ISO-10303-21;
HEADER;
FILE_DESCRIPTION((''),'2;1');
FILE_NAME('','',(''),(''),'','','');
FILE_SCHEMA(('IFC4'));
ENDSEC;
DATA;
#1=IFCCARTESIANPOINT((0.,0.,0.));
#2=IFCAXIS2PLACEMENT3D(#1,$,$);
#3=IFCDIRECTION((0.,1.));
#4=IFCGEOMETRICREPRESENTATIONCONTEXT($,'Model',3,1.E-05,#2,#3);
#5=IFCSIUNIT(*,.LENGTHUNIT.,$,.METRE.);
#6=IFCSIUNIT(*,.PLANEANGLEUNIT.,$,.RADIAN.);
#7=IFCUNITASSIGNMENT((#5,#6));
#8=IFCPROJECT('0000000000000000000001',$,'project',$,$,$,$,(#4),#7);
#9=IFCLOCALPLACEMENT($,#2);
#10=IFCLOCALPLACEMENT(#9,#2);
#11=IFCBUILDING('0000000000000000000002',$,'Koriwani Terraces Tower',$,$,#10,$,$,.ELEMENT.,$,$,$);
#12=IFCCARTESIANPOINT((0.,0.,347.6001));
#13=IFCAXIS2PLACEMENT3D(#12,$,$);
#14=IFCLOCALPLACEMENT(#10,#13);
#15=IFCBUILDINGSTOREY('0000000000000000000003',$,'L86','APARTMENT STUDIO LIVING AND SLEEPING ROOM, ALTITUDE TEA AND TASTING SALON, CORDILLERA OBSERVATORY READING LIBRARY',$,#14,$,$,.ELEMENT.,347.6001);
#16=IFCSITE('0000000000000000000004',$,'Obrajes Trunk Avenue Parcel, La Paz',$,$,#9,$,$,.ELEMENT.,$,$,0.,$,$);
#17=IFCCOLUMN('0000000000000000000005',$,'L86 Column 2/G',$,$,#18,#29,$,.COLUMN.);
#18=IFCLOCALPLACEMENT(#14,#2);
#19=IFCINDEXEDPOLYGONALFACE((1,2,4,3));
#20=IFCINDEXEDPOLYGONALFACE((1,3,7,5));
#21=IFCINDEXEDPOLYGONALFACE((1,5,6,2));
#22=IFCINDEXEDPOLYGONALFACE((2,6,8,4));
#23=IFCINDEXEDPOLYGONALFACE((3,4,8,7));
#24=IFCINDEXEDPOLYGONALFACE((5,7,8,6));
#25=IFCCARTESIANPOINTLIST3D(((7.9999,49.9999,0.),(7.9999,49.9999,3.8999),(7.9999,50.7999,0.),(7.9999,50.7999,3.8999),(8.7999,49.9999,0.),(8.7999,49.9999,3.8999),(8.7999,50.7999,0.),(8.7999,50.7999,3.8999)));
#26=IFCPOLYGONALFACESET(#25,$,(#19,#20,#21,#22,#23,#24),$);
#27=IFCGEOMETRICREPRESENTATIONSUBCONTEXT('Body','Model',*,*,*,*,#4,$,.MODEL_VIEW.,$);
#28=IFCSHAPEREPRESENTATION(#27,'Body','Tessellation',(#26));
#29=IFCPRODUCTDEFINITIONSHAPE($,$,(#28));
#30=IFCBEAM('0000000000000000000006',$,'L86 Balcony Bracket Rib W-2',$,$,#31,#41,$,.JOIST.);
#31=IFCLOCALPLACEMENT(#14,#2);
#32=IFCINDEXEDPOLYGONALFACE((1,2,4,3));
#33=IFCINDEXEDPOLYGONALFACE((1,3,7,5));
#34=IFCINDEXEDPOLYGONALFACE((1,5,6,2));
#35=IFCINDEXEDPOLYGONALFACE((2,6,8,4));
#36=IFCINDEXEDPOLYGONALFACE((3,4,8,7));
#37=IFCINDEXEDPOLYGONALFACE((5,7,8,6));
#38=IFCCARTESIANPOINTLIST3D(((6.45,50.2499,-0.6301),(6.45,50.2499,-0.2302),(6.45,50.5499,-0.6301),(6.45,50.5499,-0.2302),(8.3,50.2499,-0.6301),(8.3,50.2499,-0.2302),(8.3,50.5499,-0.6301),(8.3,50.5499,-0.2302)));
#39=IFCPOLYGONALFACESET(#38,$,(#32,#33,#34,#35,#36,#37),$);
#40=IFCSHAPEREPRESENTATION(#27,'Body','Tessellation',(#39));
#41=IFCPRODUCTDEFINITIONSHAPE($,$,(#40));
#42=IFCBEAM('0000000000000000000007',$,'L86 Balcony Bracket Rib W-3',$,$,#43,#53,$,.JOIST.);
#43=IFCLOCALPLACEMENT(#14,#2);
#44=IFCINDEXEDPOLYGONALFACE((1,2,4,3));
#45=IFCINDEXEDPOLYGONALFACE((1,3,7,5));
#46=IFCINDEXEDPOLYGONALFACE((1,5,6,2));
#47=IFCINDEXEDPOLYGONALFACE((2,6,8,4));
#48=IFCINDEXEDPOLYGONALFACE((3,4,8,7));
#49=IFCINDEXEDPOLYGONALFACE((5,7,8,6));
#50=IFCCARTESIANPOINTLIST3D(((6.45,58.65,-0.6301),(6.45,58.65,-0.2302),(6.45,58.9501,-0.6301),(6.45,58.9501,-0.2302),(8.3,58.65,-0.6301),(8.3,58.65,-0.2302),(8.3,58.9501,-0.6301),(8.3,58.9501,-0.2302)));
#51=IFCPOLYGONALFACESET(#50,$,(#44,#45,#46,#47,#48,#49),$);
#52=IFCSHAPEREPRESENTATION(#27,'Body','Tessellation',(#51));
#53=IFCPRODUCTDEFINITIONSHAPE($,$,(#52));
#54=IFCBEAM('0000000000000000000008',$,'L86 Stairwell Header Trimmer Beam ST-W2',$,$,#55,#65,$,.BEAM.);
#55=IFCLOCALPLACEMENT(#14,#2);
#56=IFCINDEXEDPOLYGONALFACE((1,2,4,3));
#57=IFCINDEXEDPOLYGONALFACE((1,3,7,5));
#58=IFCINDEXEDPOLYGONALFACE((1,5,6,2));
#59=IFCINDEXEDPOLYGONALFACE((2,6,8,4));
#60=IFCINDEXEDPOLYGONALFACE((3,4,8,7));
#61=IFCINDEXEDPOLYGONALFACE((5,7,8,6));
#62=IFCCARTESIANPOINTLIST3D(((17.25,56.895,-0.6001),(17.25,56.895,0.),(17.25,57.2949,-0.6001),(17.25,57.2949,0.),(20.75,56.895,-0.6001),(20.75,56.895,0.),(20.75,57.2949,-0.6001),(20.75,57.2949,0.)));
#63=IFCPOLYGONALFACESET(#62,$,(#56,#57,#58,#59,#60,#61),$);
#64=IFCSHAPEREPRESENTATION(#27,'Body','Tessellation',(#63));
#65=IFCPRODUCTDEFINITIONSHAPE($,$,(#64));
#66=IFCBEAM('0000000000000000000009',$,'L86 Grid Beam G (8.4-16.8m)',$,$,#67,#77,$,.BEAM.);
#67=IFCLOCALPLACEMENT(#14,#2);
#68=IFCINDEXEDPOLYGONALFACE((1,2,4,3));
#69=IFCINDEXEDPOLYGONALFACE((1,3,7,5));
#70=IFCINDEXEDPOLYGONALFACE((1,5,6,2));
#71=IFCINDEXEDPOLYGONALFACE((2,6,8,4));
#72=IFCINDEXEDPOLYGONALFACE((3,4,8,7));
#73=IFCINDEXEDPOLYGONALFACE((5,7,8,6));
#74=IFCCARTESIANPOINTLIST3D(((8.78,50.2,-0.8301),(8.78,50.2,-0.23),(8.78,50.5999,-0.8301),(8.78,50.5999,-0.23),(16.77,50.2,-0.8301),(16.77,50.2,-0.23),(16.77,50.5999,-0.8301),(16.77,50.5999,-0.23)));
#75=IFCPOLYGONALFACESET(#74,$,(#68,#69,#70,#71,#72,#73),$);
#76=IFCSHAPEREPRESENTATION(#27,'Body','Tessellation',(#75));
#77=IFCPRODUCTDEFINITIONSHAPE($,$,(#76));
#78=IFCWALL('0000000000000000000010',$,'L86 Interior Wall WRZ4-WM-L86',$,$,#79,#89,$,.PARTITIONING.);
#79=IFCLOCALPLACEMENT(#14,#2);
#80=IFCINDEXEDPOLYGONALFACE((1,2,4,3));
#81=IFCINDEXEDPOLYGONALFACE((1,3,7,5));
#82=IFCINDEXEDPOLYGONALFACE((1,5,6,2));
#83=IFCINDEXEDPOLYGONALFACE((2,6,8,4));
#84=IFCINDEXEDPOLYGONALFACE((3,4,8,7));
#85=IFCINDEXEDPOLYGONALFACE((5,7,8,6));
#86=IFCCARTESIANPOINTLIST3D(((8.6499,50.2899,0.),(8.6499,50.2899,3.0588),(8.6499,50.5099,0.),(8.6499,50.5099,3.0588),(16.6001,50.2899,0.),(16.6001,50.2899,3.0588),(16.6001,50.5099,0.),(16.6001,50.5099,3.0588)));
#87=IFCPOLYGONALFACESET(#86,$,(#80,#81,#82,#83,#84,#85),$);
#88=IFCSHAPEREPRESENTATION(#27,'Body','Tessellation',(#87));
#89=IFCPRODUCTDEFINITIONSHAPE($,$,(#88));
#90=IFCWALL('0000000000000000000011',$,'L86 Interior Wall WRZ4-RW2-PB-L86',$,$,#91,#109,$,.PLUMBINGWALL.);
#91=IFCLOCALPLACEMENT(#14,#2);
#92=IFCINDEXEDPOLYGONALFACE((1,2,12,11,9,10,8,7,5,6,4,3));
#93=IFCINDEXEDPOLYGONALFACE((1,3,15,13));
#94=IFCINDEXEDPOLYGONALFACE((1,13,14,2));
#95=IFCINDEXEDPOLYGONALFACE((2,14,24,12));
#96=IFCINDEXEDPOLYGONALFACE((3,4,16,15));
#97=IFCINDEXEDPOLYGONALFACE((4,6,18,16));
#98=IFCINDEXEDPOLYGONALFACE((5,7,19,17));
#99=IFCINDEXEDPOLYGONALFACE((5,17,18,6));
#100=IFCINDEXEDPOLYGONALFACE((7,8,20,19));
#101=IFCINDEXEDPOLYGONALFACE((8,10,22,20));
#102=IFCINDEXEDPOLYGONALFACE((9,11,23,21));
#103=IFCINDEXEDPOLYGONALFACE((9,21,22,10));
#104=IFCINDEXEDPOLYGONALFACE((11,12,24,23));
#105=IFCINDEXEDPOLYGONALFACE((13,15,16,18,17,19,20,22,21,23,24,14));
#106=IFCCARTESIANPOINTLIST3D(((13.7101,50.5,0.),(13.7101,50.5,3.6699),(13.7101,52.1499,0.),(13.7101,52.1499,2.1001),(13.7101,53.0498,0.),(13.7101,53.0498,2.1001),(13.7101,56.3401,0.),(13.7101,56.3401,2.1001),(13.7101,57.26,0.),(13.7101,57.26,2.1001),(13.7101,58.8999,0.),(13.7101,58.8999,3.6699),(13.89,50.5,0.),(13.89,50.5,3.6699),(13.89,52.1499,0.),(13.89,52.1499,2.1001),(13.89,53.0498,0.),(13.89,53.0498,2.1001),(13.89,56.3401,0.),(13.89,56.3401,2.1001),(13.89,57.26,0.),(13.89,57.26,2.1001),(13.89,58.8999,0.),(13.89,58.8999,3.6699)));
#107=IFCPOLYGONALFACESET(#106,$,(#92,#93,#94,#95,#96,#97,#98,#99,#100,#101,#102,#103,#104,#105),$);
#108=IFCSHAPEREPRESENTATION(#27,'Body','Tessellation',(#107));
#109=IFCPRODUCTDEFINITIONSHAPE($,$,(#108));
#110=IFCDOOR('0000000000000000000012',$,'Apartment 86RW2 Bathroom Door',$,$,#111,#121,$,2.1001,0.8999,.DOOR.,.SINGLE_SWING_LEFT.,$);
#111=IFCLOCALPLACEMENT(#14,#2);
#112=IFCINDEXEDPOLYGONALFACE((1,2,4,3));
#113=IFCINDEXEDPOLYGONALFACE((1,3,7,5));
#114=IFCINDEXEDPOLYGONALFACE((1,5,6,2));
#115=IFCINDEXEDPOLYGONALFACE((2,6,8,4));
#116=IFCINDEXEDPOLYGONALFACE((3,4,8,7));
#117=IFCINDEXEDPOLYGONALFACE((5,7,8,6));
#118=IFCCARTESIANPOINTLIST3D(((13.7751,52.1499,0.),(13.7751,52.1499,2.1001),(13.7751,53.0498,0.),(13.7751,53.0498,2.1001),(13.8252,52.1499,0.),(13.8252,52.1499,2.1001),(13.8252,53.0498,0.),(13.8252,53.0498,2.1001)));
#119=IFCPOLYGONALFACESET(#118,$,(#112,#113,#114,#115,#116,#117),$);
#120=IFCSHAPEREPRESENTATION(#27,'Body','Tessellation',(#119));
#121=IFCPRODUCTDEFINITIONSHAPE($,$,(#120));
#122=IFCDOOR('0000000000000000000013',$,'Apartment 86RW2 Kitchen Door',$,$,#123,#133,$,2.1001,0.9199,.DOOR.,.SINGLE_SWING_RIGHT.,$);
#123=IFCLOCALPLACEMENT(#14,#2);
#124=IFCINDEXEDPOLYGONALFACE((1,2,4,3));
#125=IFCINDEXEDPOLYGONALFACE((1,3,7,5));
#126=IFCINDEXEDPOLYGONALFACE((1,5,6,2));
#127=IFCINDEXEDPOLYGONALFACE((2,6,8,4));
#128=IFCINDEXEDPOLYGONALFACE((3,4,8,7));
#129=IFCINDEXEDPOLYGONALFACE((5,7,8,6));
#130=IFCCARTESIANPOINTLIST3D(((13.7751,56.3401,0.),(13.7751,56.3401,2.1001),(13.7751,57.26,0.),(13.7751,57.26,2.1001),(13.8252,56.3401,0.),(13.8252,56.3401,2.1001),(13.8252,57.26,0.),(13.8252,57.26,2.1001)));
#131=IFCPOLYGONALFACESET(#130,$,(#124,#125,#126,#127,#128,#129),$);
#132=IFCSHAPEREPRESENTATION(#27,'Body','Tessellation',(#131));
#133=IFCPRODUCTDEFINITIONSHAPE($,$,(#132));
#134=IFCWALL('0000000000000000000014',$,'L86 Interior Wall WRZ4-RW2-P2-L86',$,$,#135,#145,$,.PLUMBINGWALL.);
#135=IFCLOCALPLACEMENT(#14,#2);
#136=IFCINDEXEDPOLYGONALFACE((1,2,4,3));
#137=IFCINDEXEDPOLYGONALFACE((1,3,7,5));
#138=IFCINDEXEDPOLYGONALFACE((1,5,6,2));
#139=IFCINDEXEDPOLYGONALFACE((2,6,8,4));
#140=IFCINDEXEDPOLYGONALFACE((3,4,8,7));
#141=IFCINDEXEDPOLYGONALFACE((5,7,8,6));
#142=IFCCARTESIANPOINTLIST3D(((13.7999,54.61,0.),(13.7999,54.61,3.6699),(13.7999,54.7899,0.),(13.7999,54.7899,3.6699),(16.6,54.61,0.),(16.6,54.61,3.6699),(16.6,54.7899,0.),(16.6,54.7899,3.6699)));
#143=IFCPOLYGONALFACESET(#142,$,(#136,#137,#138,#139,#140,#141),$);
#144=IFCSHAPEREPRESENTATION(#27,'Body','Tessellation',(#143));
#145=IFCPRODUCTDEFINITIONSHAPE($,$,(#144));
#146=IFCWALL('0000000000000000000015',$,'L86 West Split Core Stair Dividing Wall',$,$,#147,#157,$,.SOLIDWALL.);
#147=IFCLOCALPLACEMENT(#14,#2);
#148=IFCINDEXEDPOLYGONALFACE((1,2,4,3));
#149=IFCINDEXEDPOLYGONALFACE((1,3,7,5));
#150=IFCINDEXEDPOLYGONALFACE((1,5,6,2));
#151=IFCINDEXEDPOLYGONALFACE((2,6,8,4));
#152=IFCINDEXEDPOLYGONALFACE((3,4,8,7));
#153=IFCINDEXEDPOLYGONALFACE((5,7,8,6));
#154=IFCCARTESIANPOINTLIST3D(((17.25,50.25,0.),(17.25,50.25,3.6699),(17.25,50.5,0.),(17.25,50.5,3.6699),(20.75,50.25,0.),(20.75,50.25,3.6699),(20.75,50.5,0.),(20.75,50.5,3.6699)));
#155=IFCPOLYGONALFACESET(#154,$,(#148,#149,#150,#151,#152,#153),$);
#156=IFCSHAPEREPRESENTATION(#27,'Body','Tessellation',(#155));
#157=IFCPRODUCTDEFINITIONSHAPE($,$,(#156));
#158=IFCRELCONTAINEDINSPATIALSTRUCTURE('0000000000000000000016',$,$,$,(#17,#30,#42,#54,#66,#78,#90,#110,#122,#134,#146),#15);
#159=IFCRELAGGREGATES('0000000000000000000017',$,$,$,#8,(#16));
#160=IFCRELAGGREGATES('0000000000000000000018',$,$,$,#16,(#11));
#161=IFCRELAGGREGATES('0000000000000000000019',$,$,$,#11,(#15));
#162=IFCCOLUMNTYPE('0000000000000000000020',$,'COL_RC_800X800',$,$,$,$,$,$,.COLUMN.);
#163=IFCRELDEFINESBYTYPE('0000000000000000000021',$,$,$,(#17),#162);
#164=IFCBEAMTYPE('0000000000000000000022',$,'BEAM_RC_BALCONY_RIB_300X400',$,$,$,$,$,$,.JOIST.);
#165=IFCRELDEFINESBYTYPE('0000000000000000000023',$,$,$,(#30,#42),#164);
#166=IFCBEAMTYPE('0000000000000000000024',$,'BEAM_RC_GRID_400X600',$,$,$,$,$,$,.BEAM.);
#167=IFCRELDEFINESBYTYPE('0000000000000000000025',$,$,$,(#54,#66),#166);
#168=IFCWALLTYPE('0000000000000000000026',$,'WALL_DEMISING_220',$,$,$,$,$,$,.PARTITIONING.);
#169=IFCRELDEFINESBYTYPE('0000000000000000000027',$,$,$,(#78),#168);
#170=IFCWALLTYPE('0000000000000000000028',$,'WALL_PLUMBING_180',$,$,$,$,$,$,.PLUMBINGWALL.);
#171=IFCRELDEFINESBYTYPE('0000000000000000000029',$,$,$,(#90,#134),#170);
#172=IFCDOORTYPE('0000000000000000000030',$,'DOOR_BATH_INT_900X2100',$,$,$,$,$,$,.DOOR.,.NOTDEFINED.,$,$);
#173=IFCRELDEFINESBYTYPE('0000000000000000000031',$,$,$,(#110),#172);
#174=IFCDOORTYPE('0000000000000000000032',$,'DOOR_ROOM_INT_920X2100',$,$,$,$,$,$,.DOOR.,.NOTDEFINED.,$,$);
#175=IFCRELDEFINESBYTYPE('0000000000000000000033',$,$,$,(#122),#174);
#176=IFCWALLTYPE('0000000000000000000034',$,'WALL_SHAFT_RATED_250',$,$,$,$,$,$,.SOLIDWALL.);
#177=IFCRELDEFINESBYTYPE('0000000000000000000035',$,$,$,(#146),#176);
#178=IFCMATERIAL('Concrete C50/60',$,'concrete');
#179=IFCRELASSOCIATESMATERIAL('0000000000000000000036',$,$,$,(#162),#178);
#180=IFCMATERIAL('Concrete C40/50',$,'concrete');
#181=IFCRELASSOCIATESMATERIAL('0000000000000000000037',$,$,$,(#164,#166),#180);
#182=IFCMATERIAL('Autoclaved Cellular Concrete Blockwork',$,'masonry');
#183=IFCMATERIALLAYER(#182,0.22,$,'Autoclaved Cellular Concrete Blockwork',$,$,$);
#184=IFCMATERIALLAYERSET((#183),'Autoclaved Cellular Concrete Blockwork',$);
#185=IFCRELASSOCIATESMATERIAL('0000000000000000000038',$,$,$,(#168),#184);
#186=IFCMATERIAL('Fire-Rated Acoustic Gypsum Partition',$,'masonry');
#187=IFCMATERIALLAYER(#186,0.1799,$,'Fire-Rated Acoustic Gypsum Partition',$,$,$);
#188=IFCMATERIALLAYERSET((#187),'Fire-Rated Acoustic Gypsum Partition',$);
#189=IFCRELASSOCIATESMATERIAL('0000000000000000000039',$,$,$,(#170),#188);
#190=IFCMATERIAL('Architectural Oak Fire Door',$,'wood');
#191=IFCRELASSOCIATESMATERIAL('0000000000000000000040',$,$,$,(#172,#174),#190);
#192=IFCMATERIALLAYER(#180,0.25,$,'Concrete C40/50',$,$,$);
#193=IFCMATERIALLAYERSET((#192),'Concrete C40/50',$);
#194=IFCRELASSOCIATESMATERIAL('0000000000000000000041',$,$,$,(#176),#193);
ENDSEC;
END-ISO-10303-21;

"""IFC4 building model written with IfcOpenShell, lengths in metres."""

from ifc_helpers import new_model, si_unit, direction, frame, frame_2d, origin, origin_2d, place, context, subcontext, project, spatial, rectangle, extrude, material, layer, layer_set, material_profile, profile_set, type_object, element, fill, save


model = new_model("IFC4")

# Units and contexts
model_context = context("Model", 3, precision=1e-05, world=origin(), true_north=direction((0.0, 1.0)))
body_context = subcontext(model_context, "Body", "Model", "MODEL_VIEW")
ifc_project = project(units=[si_unit("LENGTHUNIT", "METRE"), si_unit("PLANEANGLEUNIT", "RADIAN")], contexts=[model_context])

# Site, building, storey
site_placement = place(None, origin())
site = spatial("IfcSite", under=ifc_project, at=site_placement, Name="Obrajes Trunk Avenue Parcel, La Paz", CompositionType="ELEMENT", RefElevation=0.0)
building_placement = place(site_placement, origin())
building = spatial("IfcBuilding", under=site, at=building_placement, Name="Koriwani Terraces Tower", CompositionType="ELEMENT")
storey_placement = place(building_placement, frame((0.0, 0.0, 347.6001)))
storey = spatial("IfcBuildingStorey", under=building, at=storey_placement, Name="L86", Description="APARTMENT STUDIO LIVING AND SLEEPING ROOM, ALTITUDE TEA AND TASTING SALON, CORDILLERA OBSERVATORY READING LIBRARY", CompositionType="ELEMENT", Elevation=347.6001)

# Column
ifc_material_1 = material(Name="Concrete C50/60", Category="concrete")
ifc_material_profile_1 = material_profile(ifc_material_1, rectangle(XDim=0.8, YDim=0.8, at=origin_2d()), Name="Concrete C50/60", Category="LoadBearing")
ifc_profile_set_1 = profile_set([ifc_material_profile_1], Name="Concrete C50/60")
column_type = type_object("IfcColumnType", Name="COL_RC_800X800", PredefinedType="COLUMN", material=ifc_profile_set_1)
column_placement = place(storey_placement, frame((8.3999, 50.3999, 0.0), z_axis=(0.0, 0.0, 1.0), x_axis=(1.0, 0.0, 0.0)))
element("IfcColumn", 1, at=column_placement, inside=storey, type_object=column_type, Name="L86 Column 2/G", PredefinedType="COLUMN", context=body_context, shape_type="SweptSolid", body=[
    extrude(rectangle(XDim=0.8, YDim=0.8, at=origin_2d()), origin(), (0.0, 0.0, 1.0), 3.8999),
])

# Beams
ifc_material_2 = material(Name="Concrete C40/50", Category="concrete")
ifc_material_profile_2 = material_profile(ifc_material_2, rectangle(XDim=0.3, YDim=0.3999, at=origin_2d()), Name="Concrete C40/50", Category="LoadBearing")
ifc_profile_set_2 = profile_set([ifc_material_profile_2], Name="Concrete C40/50")
beam_type_1 = type_object("IfcBeamType", Name="BEAM_RC_BALCONY_RIB_300X400", PredefinedType="JOIST", material=ifc_profile_set_2)
for number, where, z_axis, x_axis, name in (
    (2, (6.45, 50.3999, -0.4302), (1.0, 0.0, 0.0), (0.0, 1.0, 0.0), "L86 Balcony Bracket Rib W-2"),
    (3, (6.45, 58.8, -0.4302), (1.0, 0.0, 0.0), (0.0, 1.0, 0.0), "L86 Balcony Bracket Rib W-3"),
):
    element("IfcBeam", number, at=place(storey_placement, frame(where, z_axis=z_axis, x_axis=x_axis)), inside=storey, type_object=beam_type_1, Name=name, PredefinedType="JOIST", context=body_context, shape_type="SweptSolid", body=[
        extrude(rectangle(XDim=0.3, YDim=0.3999, at=origin_2d()), origin(), (0.0, 0.0, 1.0), 1.8501),
    ])
ifc_material_profile_3 = material_profile(ifc_material_2, rectangle(XDim=0.3999, YDim=0.6001, at=origin_2d()), Name="Concrete C40/50", Category="LoadBearing")
ifc_profile_set_3 = profile_set([ifc_material_profile_3], Name="Concrete C40/50")
beam_type_2 = type_object("IfcBeamType", Name="BEAM_RC_GRID_400X600", PredefinedType="BEAM", material=ifc_profile_set_3)
beam_1_placement = place(storey_placement, frame((17.25, 57.095, -0.3), z_axis=(1.0, 0.0, 0.0), x_axis=(0.0, 1.0, 0.0)))
element("IfcBeam", 4, at=beam_1_placement, inside=storey, type_object=beam_type_2, Name="L86 Stairwell Header Trimmer Beam ST-W2", PredefinedType="BEAM", context=body_context, shape_type="SweptSolid", body=[
    extrude(rectangle(XDim=0.3999, YDim=0.6001, at=origin_2d()), origin(), (0.0, 0.0, 1.0), 3.5),
])
beam_2_placement = place(storey_placement, frame((8.78, 50.3999, -0.53), z_axis=(1.0, 0.0, 0.0), x_axis=(0.0, 1.0, 0.0)))
element("IfcBeam", 5, at=beam_2_placement, inside=storey, type_object=beam_type_2, Name="L86 Grid Beam G (8.4-16.8m)", PredefinedType="BEAM", context=body_context, shape_type="SweptSolid", body=[
    extrude(rectangle(XDim=0.3999, YDim=0.6001, at=origin_2d()), origin(), (0.0, 0.0, 1.0), 7.99),
])

# Wall
ifc_material_3 = material(Name="Autoclaved Cellular Concrete Blockwork", Category="masonry")
ifc_layer_1 = layer(ifc_material_3, 0.22, Name="Autoclaved Cellular Concrete Blockwork")
ifc_layer_set_1 = layer_set([ifc_layer_1], Name="Autoclaved Cellular Concrete Blockwork")
wall_type_1 = type_object("IfcWallType", Name="WALL_DEMISING_220", PredefinedType="PARTITIONING", material=ifc_layer_set_1)
wall_1_placement = place(storey_placement, frame((8.6499, 50.3999, 0.0), z_axis=(0.0, 0.0, 1.0), x_axis=(1.0, 0.0, 0.0)))
element("IfcWall", 6, at=wall_1_placement, inside=storey, type_object=wall_type_1, Name="L86 Interior Wall WRZ4-WM-L86", PredefinedType="PARTITIONING", context=body_context, shape_type="SweptSolid", body=[
    extrude(rectangle(XDim=7.9502, YDim=0.22, at=frame_2d((3.9751, 0.0))), origin(), (0.0, 0.0, 1.0), 3.0588),
])

# Wall, openings, doors
ifc_material_4 = material(Name="Fire-Rated Acoustic Gypsum Partition", Category="masonry")
ifc_layer_2 = layer(ifc_material_4, 0.1799, Name="Fire-Rated Acoustic Gypsum Partition")
ifc_layer_set_2 = layer_set([ifc_layer_2], Name="Fire-Rated Acoustic Gypsum Partition")
wall_type_2 = type_object("IfcWallType", Name="WALL_PLUMBING_180", PredefinedType="PLUMBINGWALL", material=ifc_layer_set_2)
wall_2_placement = place(storey_placement, frame((13.8, 50.5, 0.0), z_axis=(0.0, 0.0, 1.0), x_axis=(0.0, 1.0, 0.0)))
wall_2 = element("IfcWall", 7, at=wall_2_placement, inside=storey, type_object=wall_type_2, Name="L86 Interior Wall WRZ4-RW2-PB-L86", PredefinedType="PLUMBINGWALL", context=body_context, shape_type="SweptSolid", body=[
    extrude(rectangle(XDim=8.3999, YDim=0.1799, at=frame_2d((4.2, 0.0))), origin(), (0.0, 0.0, 1.0), 3.6699),
])
opening_1_placement = place(wall_2_placement, frame((1.6499, 0.0, 0.0)))
opening_1 = element("IfcOpeningElement", 8, at=opening_1_placement, cuts=wall_2, PredefinedType="OPENING", context=body_context, shape_type="SweptSolid", body=[
    extrude(rectangle(XDim=0.8999, YDim=2.1001, at=frame_2d((0.45, 1.05))), frame((0.0, 0.1001, 0.0), z_axis=(0.0, -1.0, 0.0), x_axis=(1.0, 0.0, 0.0)), (0.0, 0.0, 1.0), 0.2),
])
opening_2_placement = place(wall_2_placement, frame((5.8401, 0.0, 0.0)))
opening_2 = element("IfcOpeningElement", 9, at=opening_2_placement, cuts=wall_2, PredefinedType="OPENING", context=body_context, shape_type="SweptSolid", body=[
    extrude(rectangle(XDim=0.9199, YDim=2.1001, at=frame_2d((0.46, 1.05))), frame((0.0, 0.1001, 0.0), z_axis=(0.0, -1.0, 0.0), x_axis=(1.0, 0.0, 0.0)), (0.0, 0.0, 1.0), 0.2),
])
ifc_material_5 = material(Name="Architectural Oak Fire Door", Category="wood")
door_type_1 = type_object("IfcDoorType", Name="DOOR_BATH_INT_900X2100", OperationType="NOTDEFINED", PredefinedType="DOOR", material=ifc_material_5)
door_1_placement = place(opening_1_placement, origin())
door_1 = element("IfcDoor", 10, at=door_1_placement, inside=storey, type_object=door_type_1, Name="Apartment 86RW2 Bathroom Door", OperationType="SINGLE_SWING_LEFT", OverallHeight=2.1001, OverallWidth=0.8999, PredefinedType="DOOR", context=body_context, shape_type="SweptSolid", body=[
    extrude(rectangle(XDim=0.8999, YDim=2.1001, at=frame_2d((0.45, 1.05))), frame((0.0, 0.0249, 0.0), z_axis=(0.0, -1.0, 0.0), x_axis=(1.0, 0.0, 0.0)), (0.0, 0.0, 1.0), 0.05),
])
fill(opening_1, door_1)
door_type_2 = type_object("IfcDoorType", Name="DOOR_ROOM_INT_920X2100", OperationType="NOTDEFINED", PredefinedType="DOOR", material=ifc_material_5)
door_2_placement = place(opening_2_placement, origin())
door_2 = element("IfcDoor", 11, at=door_2_placement, inside=storey, type_object=door_type_2, Name="Apartment 86RW2 Kitchen Door", OperationType="SINGLE_SWING_RIGHT", OverallHeight=2.1001, OverallWidth=0.9199, PredefinedType="DOOR", context=body_context, shape_type="SweptSolid", body=[
    extrude(rectangle(XDim=0.9199, YDim=2.1001, at=frame_2d((0.46, 1.05))), frame((0.0, 0.0249, 0.0), z_axis=(0.0, -1.0, 0.0), x_axis=(1.0, 0.0, 0.0)), (0.0, 0.0, 1.0), 0.05),
])
fill(opening_2, door_2)

# Walls
wall_3_placement = place(storey_placement, frame((13.8, 54.7, 0.0), z_axis=(0.0, 0.0, 1.0), x_axis=(1.0, 0.0, 0.0)))
element("IfcWall", 12, at=wall_3_placement, inside=storey, type_object=wall_type_2, Name="L86 Interior Wall WRZ4-RW2-P2-L86", PredefinedType="PLUMBINGWALL", context=body_context, shape_type="SweptSolid", body=[
    extrude(rectangle(XDim=2.8, YDim=0.1799, at=frame_2d((1.3999, 0.0))), origin(), (0.0, 0.0, 1.0), 3.6699),
])
ifc_layer_3 = layer(ifc_material_2, 0.25, Name="Concrete C40/50")
ifc_layer_set_3 = layer_set([ifc_layer_3], Name="Concrete C40/50")
wall_type_3 = type_object("IfcWallType", Name="WALL_SHAFT_RATED_250", PredefinedType="SOLIDWALL", material=ifc_layer_set_3)
wall_4_placement = place(storey_placement, frame((17.25, 50.375, 0.0), z_axis=(0.0, 0.0, 1.0), x_axis=(1.0, 0.0, 0.0)))
element("IfcWall", 13, at=wall_4_placement, inside=storey, type_object=wall_type_3, Name="L86 West Split Core Stair Dividing Wall", PredefinedType="SOLIDWALL", context=body_context, shape_type="SweptSolid", body=[
    extrude(rectangle(XDim=3.5, YDim=0.25, at=frame_2d((1.75, 0.0))), origin(), (0.0, 0.0, 1.0), 3.6699),
])

save(model, "model.ifc")
